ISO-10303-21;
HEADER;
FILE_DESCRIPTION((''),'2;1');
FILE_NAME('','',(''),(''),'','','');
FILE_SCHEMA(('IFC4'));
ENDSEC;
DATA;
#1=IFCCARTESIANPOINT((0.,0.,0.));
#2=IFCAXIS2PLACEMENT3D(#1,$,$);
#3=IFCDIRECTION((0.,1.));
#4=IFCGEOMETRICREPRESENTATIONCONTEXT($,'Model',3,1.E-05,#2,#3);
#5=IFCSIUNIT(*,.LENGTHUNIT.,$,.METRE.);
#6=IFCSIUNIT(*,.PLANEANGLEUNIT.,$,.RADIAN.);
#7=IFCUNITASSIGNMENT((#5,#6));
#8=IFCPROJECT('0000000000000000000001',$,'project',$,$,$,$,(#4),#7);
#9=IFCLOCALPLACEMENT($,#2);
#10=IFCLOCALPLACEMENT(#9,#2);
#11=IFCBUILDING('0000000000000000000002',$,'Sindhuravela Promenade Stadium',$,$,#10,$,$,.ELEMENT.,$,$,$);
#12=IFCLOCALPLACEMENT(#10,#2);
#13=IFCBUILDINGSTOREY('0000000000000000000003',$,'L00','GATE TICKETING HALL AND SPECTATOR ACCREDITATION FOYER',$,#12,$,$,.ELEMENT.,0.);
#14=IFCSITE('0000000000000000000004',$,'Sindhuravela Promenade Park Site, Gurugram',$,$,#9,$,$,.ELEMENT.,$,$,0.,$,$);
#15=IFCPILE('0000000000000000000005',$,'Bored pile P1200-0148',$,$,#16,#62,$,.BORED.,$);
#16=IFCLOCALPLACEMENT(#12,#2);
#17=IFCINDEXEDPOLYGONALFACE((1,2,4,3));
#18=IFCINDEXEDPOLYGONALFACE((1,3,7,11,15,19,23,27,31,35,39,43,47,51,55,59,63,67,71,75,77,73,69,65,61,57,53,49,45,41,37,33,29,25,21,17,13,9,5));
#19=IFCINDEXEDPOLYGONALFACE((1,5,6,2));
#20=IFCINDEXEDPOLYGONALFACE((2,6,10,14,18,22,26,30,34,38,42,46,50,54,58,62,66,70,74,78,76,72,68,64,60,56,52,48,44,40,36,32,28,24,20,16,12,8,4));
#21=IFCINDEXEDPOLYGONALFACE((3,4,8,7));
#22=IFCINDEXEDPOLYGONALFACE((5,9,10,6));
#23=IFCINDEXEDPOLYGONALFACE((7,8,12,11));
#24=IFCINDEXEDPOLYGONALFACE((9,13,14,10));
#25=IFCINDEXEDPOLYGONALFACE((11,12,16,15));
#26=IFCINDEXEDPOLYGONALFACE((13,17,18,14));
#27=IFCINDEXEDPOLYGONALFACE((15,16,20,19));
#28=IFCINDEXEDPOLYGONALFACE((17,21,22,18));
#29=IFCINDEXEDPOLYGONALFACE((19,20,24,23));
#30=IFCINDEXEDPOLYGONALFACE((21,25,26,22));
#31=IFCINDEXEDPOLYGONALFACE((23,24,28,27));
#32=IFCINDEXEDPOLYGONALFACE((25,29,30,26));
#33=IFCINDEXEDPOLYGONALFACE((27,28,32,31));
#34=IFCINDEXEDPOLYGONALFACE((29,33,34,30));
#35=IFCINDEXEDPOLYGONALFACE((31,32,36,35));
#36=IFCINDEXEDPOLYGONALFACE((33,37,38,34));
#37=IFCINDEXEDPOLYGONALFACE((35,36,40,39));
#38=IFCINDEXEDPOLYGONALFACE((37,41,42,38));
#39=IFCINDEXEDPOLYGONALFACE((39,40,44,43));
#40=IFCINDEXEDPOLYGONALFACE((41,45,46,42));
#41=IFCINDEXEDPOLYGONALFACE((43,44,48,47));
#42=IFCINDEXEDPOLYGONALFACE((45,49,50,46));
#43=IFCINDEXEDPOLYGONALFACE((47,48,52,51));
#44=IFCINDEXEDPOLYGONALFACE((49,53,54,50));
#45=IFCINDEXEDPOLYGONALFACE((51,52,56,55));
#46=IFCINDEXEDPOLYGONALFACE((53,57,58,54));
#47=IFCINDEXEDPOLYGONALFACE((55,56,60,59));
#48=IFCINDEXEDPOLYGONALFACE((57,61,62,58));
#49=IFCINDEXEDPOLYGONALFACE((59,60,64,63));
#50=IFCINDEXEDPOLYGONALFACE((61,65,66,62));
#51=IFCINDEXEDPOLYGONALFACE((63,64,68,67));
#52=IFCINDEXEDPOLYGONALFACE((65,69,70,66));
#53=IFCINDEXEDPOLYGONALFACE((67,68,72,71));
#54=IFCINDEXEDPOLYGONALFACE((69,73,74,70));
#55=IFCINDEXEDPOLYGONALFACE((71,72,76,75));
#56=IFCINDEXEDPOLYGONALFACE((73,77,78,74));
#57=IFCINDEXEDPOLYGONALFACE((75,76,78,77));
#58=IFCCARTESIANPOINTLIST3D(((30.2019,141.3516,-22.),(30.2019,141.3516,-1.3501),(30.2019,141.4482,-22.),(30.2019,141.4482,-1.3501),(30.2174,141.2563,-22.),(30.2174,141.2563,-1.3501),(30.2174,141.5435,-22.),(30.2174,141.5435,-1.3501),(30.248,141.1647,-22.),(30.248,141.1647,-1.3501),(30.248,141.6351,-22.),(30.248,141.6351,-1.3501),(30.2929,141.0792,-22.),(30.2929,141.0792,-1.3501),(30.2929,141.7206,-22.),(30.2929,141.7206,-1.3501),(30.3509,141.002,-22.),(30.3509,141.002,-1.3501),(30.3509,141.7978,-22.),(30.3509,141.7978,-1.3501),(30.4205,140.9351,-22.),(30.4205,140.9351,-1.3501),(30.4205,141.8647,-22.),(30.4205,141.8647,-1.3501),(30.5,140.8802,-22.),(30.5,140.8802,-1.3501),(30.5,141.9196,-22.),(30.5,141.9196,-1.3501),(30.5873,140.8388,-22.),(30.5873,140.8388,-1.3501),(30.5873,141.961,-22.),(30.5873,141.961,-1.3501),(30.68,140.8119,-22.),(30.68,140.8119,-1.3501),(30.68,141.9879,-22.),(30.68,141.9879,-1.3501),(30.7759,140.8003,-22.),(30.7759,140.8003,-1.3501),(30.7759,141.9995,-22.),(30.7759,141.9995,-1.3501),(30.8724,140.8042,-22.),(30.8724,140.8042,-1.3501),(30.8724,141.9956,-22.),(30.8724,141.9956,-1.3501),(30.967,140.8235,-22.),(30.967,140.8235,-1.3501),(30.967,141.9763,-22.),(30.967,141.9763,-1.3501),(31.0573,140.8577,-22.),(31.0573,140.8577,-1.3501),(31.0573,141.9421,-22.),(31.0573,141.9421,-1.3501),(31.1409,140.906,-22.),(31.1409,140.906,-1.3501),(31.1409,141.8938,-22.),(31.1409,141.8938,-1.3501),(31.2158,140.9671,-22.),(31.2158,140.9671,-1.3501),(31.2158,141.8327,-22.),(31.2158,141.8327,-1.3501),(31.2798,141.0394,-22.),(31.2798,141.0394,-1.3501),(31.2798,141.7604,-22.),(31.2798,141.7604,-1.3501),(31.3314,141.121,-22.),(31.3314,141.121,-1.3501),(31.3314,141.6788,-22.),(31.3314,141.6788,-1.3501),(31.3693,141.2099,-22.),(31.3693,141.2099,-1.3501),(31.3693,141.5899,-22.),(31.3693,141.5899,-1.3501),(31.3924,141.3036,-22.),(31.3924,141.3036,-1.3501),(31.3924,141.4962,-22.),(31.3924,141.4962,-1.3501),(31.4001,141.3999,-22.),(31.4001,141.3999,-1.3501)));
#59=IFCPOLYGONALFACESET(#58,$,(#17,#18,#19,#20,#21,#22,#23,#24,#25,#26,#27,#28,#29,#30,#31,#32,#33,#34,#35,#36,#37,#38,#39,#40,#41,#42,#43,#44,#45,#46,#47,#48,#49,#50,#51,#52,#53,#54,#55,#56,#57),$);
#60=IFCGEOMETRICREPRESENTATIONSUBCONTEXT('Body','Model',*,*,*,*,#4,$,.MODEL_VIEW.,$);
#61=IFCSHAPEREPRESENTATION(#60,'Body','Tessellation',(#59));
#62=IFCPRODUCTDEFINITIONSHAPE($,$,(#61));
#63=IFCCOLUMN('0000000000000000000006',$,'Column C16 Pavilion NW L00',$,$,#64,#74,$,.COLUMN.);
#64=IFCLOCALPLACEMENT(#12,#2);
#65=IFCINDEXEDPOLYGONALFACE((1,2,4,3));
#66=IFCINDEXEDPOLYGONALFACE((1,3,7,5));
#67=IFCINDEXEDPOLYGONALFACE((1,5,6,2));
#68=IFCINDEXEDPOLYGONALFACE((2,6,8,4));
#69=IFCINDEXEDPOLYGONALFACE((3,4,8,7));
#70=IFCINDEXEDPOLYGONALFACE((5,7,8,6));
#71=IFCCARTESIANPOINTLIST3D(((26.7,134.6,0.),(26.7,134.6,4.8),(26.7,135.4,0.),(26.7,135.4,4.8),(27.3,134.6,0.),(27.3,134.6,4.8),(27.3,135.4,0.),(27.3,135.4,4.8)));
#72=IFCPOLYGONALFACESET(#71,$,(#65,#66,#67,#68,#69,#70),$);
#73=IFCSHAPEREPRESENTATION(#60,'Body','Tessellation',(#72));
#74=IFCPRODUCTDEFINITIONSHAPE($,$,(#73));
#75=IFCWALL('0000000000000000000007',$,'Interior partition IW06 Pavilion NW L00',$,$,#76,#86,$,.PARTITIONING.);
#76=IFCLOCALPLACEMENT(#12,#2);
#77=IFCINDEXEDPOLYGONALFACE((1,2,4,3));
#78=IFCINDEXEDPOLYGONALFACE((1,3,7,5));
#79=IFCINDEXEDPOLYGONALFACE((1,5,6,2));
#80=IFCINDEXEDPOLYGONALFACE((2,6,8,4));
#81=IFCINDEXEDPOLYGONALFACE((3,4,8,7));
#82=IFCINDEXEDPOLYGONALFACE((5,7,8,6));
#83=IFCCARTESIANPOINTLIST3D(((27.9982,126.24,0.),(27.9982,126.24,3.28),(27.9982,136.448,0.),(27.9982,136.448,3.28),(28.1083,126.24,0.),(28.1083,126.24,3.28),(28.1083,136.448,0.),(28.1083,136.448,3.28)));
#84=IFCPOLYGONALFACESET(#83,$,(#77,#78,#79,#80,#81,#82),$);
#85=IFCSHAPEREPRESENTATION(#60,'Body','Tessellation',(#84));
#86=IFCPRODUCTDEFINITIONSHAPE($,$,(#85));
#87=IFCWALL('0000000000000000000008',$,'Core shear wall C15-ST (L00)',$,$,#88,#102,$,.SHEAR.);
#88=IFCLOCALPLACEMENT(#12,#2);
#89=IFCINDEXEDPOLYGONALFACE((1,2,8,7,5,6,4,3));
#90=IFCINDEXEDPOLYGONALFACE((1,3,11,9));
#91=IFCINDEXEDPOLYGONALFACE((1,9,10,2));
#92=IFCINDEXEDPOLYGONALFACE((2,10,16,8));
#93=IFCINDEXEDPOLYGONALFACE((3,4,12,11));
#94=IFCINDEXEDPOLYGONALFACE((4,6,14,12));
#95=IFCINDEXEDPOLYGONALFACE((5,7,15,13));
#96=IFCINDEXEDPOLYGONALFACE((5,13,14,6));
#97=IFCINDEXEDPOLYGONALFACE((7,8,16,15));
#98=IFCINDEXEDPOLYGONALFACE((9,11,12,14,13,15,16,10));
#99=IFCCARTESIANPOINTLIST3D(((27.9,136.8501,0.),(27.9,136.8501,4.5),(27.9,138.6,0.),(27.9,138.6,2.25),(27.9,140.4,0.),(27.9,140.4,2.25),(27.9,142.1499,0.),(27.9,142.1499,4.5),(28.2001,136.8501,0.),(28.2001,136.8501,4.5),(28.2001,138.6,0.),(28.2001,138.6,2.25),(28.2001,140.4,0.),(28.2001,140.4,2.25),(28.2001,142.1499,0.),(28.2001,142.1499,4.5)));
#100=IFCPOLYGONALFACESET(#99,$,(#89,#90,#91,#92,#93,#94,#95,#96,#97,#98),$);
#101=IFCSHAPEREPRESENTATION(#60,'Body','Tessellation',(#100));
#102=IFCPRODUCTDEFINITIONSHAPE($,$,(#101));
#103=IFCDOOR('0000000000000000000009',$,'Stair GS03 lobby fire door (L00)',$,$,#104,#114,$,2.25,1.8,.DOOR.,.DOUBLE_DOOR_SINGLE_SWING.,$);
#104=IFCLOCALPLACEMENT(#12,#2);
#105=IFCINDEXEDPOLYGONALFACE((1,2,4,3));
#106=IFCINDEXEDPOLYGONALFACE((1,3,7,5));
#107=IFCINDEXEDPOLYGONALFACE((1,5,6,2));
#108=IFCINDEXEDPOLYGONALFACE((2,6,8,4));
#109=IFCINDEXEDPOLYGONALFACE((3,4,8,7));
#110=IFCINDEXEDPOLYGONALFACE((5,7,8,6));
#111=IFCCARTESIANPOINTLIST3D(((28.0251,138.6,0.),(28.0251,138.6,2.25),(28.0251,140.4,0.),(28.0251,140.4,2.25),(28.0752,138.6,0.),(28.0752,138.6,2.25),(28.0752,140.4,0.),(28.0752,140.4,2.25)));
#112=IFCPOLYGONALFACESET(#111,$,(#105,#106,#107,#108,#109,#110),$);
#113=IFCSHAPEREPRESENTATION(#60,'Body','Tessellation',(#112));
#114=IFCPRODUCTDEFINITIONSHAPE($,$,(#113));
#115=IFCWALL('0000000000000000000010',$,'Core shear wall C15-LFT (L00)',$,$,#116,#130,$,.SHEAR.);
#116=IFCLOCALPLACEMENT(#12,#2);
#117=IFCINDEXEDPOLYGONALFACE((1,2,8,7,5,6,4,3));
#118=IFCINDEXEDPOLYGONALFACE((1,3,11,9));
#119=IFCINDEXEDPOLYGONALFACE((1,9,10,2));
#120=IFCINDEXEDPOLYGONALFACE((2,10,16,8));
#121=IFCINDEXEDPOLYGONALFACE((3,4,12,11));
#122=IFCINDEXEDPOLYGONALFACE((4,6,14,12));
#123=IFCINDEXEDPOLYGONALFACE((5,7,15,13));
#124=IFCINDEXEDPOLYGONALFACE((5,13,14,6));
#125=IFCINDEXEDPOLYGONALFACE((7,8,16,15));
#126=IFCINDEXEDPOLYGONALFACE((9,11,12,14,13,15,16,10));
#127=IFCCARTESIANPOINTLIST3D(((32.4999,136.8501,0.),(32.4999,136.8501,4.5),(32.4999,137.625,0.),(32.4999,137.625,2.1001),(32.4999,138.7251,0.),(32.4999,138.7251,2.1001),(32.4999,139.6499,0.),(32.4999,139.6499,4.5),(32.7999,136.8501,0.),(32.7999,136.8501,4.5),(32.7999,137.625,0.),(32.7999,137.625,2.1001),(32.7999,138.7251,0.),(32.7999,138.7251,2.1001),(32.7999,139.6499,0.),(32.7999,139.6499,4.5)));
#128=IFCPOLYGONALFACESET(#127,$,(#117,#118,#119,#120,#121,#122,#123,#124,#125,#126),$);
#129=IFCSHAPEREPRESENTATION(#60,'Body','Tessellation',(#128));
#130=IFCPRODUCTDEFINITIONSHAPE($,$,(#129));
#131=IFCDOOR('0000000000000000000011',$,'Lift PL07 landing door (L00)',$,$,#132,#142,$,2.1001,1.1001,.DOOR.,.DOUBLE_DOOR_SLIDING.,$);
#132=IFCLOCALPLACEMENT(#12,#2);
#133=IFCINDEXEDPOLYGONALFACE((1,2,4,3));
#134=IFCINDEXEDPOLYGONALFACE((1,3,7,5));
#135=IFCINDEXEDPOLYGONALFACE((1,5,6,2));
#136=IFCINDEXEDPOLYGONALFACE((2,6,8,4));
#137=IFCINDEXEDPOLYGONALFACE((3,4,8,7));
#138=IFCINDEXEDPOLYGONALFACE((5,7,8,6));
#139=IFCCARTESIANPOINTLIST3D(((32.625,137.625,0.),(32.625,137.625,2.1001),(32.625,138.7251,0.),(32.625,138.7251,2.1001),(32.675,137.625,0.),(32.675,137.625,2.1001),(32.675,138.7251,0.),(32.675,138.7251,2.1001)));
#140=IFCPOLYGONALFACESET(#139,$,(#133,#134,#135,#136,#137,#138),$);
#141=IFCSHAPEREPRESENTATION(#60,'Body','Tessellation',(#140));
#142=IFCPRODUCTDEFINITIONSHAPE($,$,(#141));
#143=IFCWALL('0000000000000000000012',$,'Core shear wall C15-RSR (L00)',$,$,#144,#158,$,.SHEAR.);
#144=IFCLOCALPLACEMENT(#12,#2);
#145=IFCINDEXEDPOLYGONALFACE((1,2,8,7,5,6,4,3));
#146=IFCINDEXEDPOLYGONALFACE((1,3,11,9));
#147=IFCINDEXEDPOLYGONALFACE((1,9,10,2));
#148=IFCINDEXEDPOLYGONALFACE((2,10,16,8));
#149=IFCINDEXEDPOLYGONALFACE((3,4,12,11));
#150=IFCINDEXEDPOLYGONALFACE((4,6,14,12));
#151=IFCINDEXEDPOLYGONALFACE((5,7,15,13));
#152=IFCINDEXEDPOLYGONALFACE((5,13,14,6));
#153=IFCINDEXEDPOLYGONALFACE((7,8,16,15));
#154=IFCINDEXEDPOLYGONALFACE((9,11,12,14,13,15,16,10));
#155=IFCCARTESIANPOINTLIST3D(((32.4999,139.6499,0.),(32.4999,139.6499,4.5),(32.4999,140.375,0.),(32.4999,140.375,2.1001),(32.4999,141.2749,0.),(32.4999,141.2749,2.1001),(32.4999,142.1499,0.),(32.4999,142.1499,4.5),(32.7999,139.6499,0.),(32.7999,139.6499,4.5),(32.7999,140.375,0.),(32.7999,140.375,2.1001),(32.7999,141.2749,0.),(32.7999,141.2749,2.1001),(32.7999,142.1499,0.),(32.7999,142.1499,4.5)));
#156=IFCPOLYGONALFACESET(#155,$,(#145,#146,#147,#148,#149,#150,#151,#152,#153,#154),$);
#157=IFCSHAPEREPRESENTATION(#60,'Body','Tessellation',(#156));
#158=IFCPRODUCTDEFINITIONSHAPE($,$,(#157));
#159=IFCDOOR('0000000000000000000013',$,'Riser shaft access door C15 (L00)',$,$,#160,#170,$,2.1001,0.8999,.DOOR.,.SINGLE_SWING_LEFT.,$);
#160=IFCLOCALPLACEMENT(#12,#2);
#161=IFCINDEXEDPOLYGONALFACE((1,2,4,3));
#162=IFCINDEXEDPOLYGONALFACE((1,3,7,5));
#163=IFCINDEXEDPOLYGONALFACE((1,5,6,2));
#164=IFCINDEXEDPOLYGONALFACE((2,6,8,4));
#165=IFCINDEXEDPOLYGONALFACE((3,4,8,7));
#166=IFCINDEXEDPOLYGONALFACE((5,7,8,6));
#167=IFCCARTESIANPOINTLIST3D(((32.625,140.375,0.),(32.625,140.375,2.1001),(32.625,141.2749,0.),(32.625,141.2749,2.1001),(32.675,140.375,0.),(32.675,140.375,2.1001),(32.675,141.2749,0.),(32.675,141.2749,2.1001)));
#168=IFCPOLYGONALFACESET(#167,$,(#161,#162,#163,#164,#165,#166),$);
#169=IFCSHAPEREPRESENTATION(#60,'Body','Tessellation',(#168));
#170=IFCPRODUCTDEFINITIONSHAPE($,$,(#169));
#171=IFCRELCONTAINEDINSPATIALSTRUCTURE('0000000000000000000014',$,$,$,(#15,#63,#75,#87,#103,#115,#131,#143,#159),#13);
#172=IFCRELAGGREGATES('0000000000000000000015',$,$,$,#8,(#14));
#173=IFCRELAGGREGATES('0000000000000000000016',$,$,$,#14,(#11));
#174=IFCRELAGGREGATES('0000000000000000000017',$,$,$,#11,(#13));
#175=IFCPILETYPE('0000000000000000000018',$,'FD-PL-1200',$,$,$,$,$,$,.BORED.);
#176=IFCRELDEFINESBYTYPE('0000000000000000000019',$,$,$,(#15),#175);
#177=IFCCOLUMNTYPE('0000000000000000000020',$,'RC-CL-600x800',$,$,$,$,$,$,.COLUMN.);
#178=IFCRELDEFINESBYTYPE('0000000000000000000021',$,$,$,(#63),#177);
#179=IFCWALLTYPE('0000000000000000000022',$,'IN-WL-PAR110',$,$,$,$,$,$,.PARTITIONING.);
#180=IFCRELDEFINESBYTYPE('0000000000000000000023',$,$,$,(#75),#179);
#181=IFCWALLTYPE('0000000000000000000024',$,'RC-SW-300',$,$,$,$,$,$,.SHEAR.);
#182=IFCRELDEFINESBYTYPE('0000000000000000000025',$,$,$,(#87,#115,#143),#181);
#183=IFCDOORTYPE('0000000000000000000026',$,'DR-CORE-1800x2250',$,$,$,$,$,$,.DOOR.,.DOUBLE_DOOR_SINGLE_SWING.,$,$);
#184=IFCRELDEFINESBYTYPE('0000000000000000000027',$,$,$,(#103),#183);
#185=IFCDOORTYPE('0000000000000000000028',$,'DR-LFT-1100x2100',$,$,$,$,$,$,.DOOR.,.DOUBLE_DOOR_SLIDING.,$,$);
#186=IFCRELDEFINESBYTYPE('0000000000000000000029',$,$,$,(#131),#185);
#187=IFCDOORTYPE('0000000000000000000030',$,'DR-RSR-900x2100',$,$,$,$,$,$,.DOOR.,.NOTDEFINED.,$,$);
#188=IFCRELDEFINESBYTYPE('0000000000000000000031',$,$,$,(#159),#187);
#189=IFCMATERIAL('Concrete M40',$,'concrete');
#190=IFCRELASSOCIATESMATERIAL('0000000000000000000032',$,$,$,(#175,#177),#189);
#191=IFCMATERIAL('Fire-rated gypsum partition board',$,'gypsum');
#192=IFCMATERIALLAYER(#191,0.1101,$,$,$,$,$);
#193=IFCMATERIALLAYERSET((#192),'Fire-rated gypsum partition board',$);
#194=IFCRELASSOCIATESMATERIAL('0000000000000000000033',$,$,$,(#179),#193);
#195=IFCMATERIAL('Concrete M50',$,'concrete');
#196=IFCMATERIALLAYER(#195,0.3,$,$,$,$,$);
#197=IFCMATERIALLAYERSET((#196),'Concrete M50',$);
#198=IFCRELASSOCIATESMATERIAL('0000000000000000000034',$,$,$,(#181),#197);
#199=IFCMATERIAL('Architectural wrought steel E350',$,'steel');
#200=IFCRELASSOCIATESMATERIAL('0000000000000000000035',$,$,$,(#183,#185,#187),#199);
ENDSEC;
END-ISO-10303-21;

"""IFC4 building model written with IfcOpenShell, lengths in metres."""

from ifc_helpers import new_model, si_unit, direction, frame, frame_2d, origin, origin_2d, place, context, subcontext, project, spatial, rectangle, circle, extrude, material, layer, layer_set, material_profile, profile_set, type_object, element, fill, save


model = new_model("IFC4")

# Units and contexts
model_context = context("Model", 3, precision=1e-05, world=origin(), true_north=direction((0.0, 1.0)))
body_context = subcontext(model_context, "Body", "Model", "MODEL_VIEW")
ifc_project = project(units=[si_unit("LENGTHUNIT", "METRE"), si_unit("PLANEANGLEUNIT", "RADIAN")], contexts=[model_context])

# Site, building, storey
site_placement = place(None, origin())
site = spatial("IfcSite", under=ifc_project, at=site_placement, Name="Sindhuravela Promenade Park Site, Gurugram", CompositionType="ELEMENT", RefElevation=0.0)
building_placement = place(site_placement, origin())
building = spatial("IfcBuilding", under=site, at=building_placement, Name="Sindhuravela Promenade Stadium", CompositionType="ELEMENT")
storey_placement = place(building_placement, origin())
storey = spatial("IfcBuildingStorey", under=building, at=storey_placement, Name="L00", Description="GATE TICKETING HALL AND SPECTATOR ACCREDITATION FOYER", CompositionType="ELEMENT", Elevation=0.0)

# Shared definitions
ifc_material_1 = material(Name="Concrete M50", Category="concrete")

# Pile
ifc_material_2 = material(Name="Concrete M40", Category="concrete")
ifc_material_profile_1 = material_profile(ifc_material_2, circle(Radius=0.6001, at=origin_2d()), Name="BORED PILE D1200")
ifc_profile_set_1 = profile_set([ifc_material_profile_1], Name="Concrete M40")
pile_type = type_object("IfcPileType", Name="FD-PL-1200", PredefinedType="BORED", material=ifc_profile_set_1)
for number, where, z_axis, x_axis, name in (
    (1, (30.8, 141.3999, -1.3501), (0.0, 0.0, -1.0), (1.0, 0.0, 0.0), "Bored pile P1200-0148"),
):
    element("IfcPile", number, at=place(storey_placement, frame(where, z_axis=z_axis, x_axis=x_axis)), inside=storey, type_object=pile_type, Name=name, PredefinedType="BORED", context=body_context, shape_type="SweptSolid", body=[
        extrude(circle(Radius=0.6001, at=origin_2d()), origin(), (0.0, 0.0, 1.0), 20.6499),
    ])

# Column
ifc_material_profile_2 = material_profile(ifc_material_2, rectangle(XDim=0.6001, YDim=0.8, at=origin_2d()), Name="RC 600x800")
ifc_profile_set_2 = profile_set([ifc_material_profile_2], Name="Concrete M40")
column_type = type_object("IfcColumnType", Name="RC-CL-600x800", PredefinedType="COLUMN", material=ifc_profile_set_2)
column_placement = place(storey_placement, frame((27.0, 135.0, 0.0), z_axis=(0.0, 0.0, 1.0), x_axis=(1.0, 0.0, 0.0)))
element("IfcColumn", 2, at=column_placement, inside=storey, type_object=column_type, Name="Column C16 Pavilion NW L00", PredefinedType="COLUMN", context=body_context, shape_type="SweptSolid", body=[
    extrude(rectangle(XDim=0.6001, YDim=0.8, at=origin_2d()), origin(), (0.0, 0.0, 1.0), 4.8),
])

# Wall
ifc_material_3 = material(Name="Fire-rated gypsum partition board", Category="gypsum")
ifc_layer_1 = layer(ifc_material_3, 0.1101)
ifc_layer_set_1 = layer_set([ifc_layer_1], Name="Fire-rated gypsum partition board")
wall_type_1 = type_object("IfcWallType", Name="IN-WL-PAR110", PredefinedType="PARTITIONING", material=ifc_layer_set_1)
wall_1_placement = place(storey_placement, frame((28.0532, 136.448, 0.0), z_axis=(0.0, 0.0, 1.0), x_axis=(0.0, -1.0, 0.0)))
element("IfcWall", 3, at=wall_1_placement, inside=storey, type_object=wall_type_1, Name="Interior partition IW06 Pavilion NW L00", PredefinedType="PARTITIONING", context=body_context, shape_type="SweptSolid", body=[
    extrude(rectangle(XDim=10.208, YDim=0.1101, at=frame_2d((5.104, 0.0))), origin(), (0.0, 0.0, 1.0), 3.28),
])

# Walls, openings, doors
ifc_layer_2 = layer(ifc_material_1, 0.3)
ifc_layer_set_2 = layer_set([ifc_layer_2], Name="Concrete M50")
wall_type_2 = type_object("IfcWallType", Name="RC-SW-300", PredefinedType="SHEAR", material=ifc_layer_set_2)
wall_2_placement = place(storey_placement, frame((28.05, 136.8501, 0.0), z_axis=(0.0, 0.0, 1.0), x_axis=(0.0, 1.0, 0.0)))
wall_2 = element("IfcWall", 4, at=wall_2_placement, inside=storey, type_object=wall_type_2, Name="Core shear wall C15-ST (L00)", PredefinedType="SHEAR", context=body_context, shape_type="SweptSolid", body=[
    extrude(rectangle(XDim=5.2998, YDim=0.3, at=frame_2d((2.6499, 0.0))), origin(), (0.0, 0.0, 1.0), 4.5),
])
opening_1_placement = place(wall_2_placement, frame((1.75, 0.0, 0.0)))
opening_1 = element("IfcOpeningElement", 5, at=opening_1_placement, cuts=wall_2, PredefinedType="OPENING", context=body_context, shape_type="SweptSolid", body=[
    extrude(rectangle(XDim=1.8, YDim=2.25, at=frame_2d((0.8999, 1.125))), frame((0.0, 0.1599, 0.0), z_axis=(0.0, -1.0, 0.0), x_axis=(1.0, 0.0, 0.0)), (0.0, 0.0, 1.0), 0.3201),
])
ifc_material_4 = material(Name="Architectural wrought steel E350", Category="steel")
door_type_1 = type_object("IfcDoorType", Name="DR-CORE-1800x2250", OperationType="DOUBLE_DOOR_SINGLE_SWING", PredefinedType="DOOR", material=ifc_material_4)
door_1_placement = place(opening_1_placement, origin())
door_1 = element("IfcDoor", 6, at=door_1_placement, inside=storey, type_object=door_type_1, Name="Stair GS03 lobby fire door (L00)", OperationType="DOUBLE_DOOR_SINGLE_SWING", OverallHeight=2.25, OverallWidth=1.8, PredefinedType="DOOR", context=body_context, shape_type="SweptSolid", body=[
    extrude(rectangle(XDim=1.8, YDim=2.25, at=frame_2d((0.8999, 1.125))), frame((0.0, 0.0249, 0.0), z_axis=(0.0, -1.0, 0.0), x_axis=(1.0, 0.0, 0.0)), (0.0, 0.0, 1.0), 0.05),
])
fill(opening_1, door_1)
wall_3_placement = place(storey_placement, frame((32.6499, 136.8501, 0.0), z_axis=(0.0, 0.0, 1.0), x_axis=(0.0, 1.0, 0.0)))
wall_3 = element("IfcWall", 7, at=wall_3_placement, inside=storey, type_object=wall_type_2, Name="Core shear wall C15-LFT (L00)", PredefinedType="SHEAR", context=body_context, shape_type="SweptSolid", body=[
    extrude(rectangle(XDim=2.7998, YDim=0.3, at=frame_2d((1.3999, 0.0))), origin(), (0.0, 0.0, 1.0), 4.5),
])
opening_2_placement = place(wall_3_placement, frame((0.7749, 0.0, 0.0)))
opening_2 = element("IfcOpeningElement", 8, at=opening_2_placement, cuts=wall_3, PredefinedType="OPENING", context=body_context, shape_type="SweptSolid", body=[
    extrude(rectangle(XDim=1.1001, YDim=2.1001, at=frame_2d((0.55, 1.05))), frame((0.0, 0.1599, 0.0), z_axis=(0.0, -1.0, 0.0), x_axis=(1.0, 0.0, 0.0)), (0.0, 0.0, 1.0), 0.3201),
])
door_type_2 = type_object("IfcDoorType", Name="DR-LFT-1100x2100", OperationType="DOUBLE_DOOR_SLIDING", PredefinedType="DOOR", material=ifc_material_4)
door_2_placement = place(opening_2_placement, origin())
door_2 = element("IfcDoor", 9, at=door_2_placement, inside=storey, type_object=door_type_2, Name="Lift PL07 landing door (L00)", OperationType="DOUBLE_DOOR_SLIDING", OverallHeight=2.1001, OverallWidth=1.1001, PredefinedType="DOOR", context=body_context, shape_type="SweptSolid", body=[
    extrude(rectangle(XDim=1.1001, YDim=2.1001, at=frame_2d((0.55, 1.05))), frame((0.0, 0.0249, 0.0), z_axis=(0.0, -1.0, 0.0), x_axis=(1.0, 0.0, 0.0)), (0.0, 0.0, 1.0), 0.05),
])
fill(opening_2, door_2)
wall_4_placement = place(storey_placement, frame((32.6499, 139.6499, 0.0), z_axis=(0.0, 0.0, 1.0), x_axis=(0.0, 1.0, 0.0)))
wall_4 = element("IfcWall", 10, at=wall_4_placement, inside=storey, type_object=wall_type_2, Name="Core shear wall C15-RSR (L00)", PredefinedType="SHEAR", context=body_context, shape_type="SweptSolid", body=[
    extrude(rectangle(XDim=2.5, YDim=0.3, at=frame_2d((1.25, 0.0))), origin(), (0.0, 0.0, 1.0), 4.5),
])
opening_3_placement = place(wall_4_placement, frame((0.7251, 0.0, 0.0)))
opening_3 = element("IfcOpeningElement", 11, at=opening_3_placement, cuts=wall_4, PredefinedType="OPENING", context=body_context, shape_type="SweptSolid", body=[
    extrude(rectangle(XDim=0.8999, YDim=2.1001, at=frame_2d((0.45, 1.05))), frame((0.0, 0.1599, 0.0), z_axis=(0.0, -1.0, 0.0), x_axis=(1.0, 0.0, 0.0)), (0.0, 0.0, 1.0), 0.3201),
])
door_type_3 = type_object("IfcDoorType", Name="DR-RSR-900x2100", OperationType="NOTDEFINED", PredefinedType="DOOR", material=ifc_material_4)
door_3_placement = place(opening_3_placement, origin())
door_3 = element("IfcDoor", 12, at=door_3_placement, inside=storey, type_object=door_type_3, Name="Riser shaft access door C15 (L00)", OperationType="SINGLE_SWING_LEFT", OverallHeight=2.1001, OverallWidth=0.8999, PredefinedType="DOOR", context=body_context, shape_type="SweptSolid", body=[
    extrude(rectangle(XDim=0.8999, YDim=2.1001, at=frame_2d((0.45, 1.05))), frame((0.0, 0.0249, 0.0), z_axis=(0.0, -1.0, 0.0), x_axis=(1.0, 0.0, 0.0)), (0.0, 0.0, 1.0), 0.05),
])
fill(opening_3, door_3)

save(model, "model.ifc")
